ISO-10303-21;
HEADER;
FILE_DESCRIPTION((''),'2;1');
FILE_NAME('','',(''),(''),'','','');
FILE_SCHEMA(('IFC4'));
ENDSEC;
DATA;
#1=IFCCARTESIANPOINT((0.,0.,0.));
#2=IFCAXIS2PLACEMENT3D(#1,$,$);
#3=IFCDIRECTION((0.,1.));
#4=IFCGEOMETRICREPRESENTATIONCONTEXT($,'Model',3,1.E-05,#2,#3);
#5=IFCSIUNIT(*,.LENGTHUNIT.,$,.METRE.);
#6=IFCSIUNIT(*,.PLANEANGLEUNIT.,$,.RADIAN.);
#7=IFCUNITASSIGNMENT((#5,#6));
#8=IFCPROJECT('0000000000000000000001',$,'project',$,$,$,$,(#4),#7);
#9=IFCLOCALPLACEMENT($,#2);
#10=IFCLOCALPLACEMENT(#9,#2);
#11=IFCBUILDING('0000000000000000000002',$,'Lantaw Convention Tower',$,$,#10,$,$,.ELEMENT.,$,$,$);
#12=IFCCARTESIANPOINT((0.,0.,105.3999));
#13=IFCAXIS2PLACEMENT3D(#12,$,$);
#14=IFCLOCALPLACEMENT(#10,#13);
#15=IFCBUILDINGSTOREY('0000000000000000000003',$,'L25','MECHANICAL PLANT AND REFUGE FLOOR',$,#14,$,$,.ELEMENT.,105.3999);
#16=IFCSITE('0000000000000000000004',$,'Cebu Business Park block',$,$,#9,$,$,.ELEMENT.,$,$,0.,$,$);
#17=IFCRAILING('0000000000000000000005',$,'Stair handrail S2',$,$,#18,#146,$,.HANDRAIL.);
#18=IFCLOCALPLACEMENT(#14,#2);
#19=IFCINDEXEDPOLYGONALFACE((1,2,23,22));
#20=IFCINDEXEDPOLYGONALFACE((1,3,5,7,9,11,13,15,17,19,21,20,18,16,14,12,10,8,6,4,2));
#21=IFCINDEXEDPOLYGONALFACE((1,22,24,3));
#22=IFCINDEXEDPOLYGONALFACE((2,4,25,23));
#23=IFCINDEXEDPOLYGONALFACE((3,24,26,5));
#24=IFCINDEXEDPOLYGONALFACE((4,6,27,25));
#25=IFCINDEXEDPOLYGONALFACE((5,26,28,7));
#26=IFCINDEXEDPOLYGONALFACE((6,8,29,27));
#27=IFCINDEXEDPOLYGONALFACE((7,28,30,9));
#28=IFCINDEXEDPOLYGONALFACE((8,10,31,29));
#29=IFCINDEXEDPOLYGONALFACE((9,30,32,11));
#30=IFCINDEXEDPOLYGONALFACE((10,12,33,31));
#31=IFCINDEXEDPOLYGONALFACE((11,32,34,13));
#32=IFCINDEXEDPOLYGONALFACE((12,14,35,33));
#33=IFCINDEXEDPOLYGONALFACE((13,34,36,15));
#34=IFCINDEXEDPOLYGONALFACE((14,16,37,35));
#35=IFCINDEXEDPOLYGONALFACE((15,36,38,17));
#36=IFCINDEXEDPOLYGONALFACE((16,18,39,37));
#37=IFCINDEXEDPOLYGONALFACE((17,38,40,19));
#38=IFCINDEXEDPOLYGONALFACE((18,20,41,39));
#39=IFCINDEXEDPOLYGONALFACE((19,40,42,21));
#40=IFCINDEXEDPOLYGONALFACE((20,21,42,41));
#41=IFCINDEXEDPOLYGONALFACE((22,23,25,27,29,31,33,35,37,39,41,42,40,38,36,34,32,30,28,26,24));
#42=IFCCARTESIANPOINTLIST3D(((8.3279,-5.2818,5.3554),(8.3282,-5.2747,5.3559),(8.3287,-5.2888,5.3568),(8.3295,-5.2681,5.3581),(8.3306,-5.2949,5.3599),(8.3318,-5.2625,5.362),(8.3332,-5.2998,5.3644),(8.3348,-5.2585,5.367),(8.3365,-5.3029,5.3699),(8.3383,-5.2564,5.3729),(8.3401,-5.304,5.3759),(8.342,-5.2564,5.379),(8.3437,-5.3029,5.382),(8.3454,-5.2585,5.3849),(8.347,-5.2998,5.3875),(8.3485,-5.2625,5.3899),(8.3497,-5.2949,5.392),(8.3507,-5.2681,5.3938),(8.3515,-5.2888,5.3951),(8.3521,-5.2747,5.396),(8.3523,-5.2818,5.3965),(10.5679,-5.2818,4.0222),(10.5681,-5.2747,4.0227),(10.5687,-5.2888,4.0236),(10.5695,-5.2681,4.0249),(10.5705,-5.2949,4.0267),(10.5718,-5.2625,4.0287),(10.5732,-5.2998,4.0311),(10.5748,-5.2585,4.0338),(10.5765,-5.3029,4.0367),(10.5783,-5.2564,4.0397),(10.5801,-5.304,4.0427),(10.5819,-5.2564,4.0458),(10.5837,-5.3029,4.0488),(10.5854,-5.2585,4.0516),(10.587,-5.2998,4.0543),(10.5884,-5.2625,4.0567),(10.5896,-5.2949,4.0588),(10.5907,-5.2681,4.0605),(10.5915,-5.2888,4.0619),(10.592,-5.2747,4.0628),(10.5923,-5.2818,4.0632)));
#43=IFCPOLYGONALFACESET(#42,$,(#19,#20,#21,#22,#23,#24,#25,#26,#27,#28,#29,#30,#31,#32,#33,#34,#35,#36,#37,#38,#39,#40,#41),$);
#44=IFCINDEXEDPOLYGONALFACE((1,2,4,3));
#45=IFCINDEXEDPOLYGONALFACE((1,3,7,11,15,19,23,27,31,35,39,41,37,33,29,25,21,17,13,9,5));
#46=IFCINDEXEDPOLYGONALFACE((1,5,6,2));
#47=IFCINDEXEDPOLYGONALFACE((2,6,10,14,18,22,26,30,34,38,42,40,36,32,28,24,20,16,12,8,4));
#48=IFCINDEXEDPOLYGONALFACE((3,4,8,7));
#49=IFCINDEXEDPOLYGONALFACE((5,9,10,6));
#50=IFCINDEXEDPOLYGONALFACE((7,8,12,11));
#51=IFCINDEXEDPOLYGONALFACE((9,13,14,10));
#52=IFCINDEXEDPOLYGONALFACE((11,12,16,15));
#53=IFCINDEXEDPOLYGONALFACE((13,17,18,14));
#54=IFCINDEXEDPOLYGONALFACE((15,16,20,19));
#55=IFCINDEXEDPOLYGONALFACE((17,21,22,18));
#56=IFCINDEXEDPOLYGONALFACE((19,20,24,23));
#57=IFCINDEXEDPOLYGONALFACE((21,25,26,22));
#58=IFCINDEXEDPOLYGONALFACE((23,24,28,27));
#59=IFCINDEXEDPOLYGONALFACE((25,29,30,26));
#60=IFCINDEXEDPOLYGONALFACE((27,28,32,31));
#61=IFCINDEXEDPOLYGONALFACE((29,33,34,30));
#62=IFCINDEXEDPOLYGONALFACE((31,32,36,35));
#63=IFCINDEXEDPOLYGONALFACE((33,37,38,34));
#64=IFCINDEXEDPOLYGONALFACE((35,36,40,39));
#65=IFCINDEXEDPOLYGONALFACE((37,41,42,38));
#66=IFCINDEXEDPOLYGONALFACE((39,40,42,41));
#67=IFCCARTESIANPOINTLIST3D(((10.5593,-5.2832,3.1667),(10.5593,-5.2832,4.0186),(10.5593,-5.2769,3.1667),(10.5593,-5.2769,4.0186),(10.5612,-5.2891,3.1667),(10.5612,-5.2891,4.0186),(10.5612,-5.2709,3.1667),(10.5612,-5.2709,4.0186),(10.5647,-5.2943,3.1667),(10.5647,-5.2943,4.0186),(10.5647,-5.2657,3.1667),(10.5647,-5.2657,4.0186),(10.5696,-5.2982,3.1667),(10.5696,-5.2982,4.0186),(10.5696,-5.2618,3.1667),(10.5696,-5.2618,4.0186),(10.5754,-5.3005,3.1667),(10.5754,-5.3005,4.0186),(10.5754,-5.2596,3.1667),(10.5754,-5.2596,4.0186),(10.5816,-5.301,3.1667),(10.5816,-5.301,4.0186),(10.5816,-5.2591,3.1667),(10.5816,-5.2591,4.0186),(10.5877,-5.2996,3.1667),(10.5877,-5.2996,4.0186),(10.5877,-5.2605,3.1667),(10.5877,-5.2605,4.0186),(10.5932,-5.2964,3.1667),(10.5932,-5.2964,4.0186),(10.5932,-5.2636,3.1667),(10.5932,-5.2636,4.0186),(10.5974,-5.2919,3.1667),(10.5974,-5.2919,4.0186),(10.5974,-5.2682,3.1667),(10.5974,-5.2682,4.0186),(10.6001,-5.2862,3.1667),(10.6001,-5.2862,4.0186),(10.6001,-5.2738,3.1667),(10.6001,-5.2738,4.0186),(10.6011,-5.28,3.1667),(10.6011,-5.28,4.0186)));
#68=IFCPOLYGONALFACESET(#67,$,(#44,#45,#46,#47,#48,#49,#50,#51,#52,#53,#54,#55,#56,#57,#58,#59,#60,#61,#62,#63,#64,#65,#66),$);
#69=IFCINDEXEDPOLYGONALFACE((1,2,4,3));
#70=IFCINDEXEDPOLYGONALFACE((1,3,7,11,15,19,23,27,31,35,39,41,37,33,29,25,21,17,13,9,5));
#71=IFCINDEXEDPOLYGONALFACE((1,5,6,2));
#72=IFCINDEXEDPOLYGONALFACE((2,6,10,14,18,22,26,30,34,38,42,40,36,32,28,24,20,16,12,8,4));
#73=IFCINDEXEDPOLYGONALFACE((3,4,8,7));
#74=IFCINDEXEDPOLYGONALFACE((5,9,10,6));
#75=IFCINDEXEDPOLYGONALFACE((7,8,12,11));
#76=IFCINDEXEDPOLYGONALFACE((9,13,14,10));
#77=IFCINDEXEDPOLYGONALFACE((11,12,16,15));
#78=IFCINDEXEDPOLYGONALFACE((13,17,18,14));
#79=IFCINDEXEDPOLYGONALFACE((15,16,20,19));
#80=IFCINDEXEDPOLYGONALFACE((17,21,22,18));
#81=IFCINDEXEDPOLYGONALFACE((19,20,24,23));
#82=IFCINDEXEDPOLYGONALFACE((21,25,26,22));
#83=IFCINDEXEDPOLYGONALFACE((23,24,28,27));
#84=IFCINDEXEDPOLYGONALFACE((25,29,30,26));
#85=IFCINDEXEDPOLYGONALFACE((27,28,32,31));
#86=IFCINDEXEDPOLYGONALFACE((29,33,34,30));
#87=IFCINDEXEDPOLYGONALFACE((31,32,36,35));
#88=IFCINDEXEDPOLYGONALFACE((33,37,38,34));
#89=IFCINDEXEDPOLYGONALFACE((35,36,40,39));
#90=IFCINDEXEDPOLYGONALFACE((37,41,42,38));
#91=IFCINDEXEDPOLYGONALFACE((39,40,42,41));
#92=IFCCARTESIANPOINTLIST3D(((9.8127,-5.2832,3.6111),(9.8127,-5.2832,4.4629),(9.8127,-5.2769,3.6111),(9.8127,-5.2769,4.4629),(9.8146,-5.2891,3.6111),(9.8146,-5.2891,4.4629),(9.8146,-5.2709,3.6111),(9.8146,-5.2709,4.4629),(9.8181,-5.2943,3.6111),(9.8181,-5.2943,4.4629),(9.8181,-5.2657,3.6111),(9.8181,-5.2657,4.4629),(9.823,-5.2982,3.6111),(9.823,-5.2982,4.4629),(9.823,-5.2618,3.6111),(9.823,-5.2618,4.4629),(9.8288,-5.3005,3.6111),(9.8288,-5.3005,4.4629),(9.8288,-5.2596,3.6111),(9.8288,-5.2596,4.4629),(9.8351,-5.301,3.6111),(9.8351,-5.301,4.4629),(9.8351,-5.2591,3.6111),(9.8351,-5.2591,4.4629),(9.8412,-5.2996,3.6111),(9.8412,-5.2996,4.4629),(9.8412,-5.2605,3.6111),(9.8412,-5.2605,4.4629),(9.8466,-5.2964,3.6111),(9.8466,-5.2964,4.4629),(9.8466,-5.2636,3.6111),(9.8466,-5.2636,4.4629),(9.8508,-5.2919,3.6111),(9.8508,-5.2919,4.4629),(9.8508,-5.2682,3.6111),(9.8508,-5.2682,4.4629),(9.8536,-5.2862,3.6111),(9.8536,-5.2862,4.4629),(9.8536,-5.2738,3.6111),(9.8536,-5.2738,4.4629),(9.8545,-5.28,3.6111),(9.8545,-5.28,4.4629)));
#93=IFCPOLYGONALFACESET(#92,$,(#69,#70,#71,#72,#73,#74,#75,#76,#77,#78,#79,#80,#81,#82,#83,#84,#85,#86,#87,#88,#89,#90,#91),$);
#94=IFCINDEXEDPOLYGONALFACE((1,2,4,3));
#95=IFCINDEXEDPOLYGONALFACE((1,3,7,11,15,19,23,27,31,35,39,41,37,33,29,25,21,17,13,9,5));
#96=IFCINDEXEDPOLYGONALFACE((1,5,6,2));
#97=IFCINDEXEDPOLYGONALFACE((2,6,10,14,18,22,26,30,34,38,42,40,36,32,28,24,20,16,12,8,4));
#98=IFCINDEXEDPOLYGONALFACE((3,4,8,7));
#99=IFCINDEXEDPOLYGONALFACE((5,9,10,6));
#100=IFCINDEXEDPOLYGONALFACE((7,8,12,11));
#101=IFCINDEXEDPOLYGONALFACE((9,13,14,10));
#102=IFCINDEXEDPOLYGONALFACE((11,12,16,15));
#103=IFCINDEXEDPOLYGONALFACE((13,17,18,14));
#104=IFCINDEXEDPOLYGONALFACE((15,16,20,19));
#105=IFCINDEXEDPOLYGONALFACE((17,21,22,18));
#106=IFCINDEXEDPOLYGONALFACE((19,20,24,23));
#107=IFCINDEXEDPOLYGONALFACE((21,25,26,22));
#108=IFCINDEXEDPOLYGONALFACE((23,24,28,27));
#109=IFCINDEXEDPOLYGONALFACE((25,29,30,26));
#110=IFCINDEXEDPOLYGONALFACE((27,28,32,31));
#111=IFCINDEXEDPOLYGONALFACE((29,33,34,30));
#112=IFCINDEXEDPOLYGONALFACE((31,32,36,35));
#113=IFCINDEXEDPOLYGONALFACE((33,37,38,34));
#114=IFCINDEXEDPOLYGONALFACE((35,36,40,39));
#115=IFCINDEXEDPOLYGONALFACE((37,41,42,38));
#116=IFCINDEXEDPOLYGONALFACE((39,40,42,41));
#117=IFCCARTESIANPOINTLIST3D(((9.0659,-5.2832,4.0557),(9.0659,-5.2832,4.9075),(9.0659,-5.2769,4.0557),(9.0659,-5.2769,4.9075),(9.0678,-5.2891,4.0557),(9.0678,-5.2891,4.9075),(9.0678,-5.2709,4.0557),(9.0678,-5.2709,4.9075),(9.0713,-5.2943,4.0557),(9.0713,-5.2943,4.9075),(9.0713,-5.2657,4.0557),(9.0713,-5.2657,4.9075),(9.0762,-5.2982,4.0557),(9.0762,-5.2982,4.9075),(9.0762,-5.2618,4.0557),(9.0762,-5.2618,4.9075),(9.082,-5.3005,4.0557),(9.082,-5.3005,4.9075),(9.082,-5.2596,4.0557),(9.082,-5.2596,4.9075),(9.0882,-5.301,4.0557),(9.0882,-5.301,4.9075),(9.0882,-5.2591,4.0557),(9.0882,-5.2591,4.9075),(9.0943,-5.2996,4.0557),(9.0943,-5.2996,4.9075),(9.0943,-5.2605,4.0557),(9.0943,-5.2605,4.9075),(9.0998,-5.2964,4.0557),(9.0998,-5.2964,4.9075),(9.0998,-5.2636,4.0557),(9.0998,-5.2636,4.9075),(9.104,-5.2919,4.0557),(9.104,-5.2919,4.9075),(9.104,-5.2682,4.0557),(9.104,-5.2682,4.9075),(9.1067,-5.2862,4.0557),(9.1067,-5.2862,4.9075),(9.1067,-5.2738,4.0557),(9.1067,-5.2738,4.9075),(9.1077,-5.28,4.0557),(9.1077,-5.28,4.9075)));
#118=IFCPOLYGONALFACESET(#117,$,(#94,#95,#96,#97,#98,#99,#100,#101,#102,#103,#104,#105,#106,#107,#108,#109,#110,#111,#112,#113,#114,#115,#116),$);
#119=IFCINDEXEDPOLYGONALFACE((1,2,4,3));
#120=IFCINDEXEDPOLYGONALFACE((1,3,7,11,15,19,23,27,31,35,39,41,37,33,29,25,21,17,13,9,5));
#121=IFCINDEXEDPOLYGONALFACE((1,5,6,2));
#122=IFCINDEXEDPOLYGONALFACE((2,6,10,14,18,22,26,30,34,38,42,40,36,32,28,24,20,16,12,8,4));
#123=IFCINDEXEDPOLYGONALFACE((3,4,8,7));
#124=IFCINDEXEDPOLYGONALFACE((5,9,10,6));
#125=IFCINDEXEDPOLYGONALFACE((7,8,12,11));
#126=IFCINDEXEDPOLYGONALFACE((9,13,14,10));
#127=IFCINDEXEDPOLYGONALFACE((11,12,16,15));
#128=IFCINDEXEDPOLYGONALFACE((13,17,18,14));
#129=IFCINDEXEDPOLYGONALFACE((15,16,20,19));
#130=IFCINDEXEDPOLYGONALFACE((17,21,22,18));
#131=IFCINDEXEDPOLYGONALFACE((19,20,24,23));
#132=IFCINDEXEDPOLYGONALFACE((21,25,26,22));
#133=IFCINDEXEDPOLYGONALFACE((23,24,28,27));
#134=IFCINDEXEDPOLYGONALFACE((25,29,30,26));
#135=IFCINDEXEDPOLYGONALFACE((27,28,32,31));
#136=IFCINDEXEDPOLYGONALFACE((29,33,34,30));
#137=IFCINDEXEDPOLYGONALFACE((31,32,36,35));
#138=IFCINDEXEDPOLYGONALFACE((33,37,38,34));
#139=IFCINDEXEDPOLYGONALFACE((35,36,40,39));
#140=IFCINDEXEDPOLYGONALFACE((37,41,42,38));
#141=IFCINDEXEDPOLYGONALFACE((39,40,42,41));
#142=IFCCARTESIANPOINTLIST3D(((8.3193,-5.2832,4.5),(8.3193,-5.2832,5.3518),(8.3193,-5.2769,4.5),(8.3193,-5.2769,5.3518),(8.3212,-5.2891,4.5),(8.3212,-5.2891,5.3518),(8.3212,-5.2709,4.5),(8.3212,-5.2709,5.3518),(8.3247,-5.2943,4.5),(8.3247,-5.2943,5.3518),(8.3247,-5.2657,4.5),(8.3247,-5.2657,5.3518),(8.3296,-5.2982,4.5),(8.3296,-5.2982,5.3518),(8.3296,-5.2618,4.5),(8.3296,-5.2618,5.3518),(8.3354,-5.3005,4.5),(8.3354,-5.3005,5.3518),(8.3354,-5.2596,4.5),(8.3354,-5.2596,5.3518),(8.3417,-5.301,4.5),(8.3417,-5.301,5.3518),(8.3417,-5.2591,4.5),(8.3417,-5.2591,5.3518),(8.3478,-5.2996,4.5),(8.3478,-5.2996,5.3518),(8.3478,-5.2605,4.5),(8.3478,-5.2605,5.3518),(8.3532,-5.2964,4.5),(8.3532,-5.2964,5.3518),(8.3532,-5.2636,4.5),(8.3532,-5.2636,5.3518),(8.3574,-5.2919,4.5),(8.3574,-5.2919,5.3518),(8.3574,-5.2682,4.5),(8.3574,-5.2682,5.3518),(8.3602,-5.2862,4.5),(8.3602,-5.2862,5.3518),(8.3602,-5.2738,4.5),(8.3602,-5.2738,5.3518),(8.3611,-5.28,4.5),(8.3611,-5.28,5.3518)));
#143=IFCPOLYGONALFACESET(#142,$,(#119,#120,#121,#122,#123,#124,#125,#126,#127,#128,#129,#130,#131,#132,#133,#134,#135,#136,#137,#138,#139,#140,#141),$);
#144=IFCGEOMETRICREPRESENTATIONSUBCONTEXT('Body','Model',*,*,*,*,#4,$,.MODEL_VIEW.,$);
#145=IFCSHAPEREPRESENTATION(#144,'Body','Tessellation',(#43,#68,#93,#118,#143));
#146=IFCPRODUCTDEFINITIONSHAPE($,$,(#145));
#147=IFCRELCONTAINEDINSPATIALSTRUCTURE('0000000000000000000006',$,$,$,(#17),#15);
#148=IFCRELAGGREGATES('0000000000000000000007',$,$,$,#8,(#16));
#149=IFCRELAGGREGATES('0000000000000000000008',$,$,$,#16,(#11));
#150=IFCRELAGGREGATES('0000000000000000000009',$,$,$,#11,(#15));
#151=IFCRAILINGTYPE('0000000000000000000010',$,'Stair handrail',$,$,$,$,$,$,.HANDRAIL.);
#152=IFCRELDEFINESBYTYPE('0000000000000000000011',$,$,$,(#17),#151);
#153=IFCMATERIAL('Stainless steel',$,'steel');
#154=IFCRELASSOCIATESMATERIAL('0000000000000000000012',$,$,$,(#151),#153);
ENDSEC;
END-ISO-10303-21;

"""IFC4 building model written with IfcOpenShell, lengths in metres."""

from ifc_helpers import new_model, si_unit, direction, frame, origin, origin_2d, place, context, subcontext, project, spatial, circle, extrude, material, type_object, element, save


model = new_model("IFC4")

# Units and contexts
model_context = context("Model", 3, precision=1e-05, world=origin(), true_north=direction((0.0, 1.0)))
body_context = subcontext(model_context, "Body", "Model", "MODEL_VIEW")
ifc_project = project(units=[si_unit("LENGTHUNIT", "METRE"), si_unit("PLANEANGLEUNIT", "RADIAN")], contexts=[model_context])

# Site, building, storey
site_placement = place(None, origin())
site = spatial("IfcSite", under=ifc_project, at=site_placement, Name="Cebu Business Park block", CompositionType="ELEMENT", RefElevation=0.0)
building_placement = place(site_placement, origin())
building = spatial("IfcBuilding", under=site, at=building_placement, Name="Lantaw Convention Tower", CompositionType="ELEMENT")
storey_placement = place(building_placement, frame((0.0, 0.0, 105.3999)))
storey = spatial("IfcBuildingStorey", under=building, at=storey_placement, Name="L25", Description="MECHANICAL PLANT AND REFUGE FLOOR", CompositionType="ELEMENT", Elevation=105.3999)

# Railing
ifc_material_1 = material(Name="Stainless steel", Category="steel")
railing_type = type_object("IfcRailingType", Name="Stair handrail", PredefinedType="HANDRAIL", material=ifc_material_1)
railing_1_placement = place(storey_placement, frame((10.5801, -5.28, 3.1667)))
element("IfcRailing", 1, at=railing_1_placement, inside=storey, type_object=railing_type, Name="Stair handrail S2", PredefinedType="HANDRAIL", context=body_context, shape_type="SweptSolid", body=[
    extrude(circle(Radius=0.0239, at=origin_2d()), frame((0.0, 0.0, 0.876), z_axis=(-0.859306, 0.0, 0.511462), x_axis=(0.0, -1.0, 0.0)), (0.0, 0.0, 1.0), 2.6067),
    extrude(circle(Radius=0.021, at=origin_2d()), origin(), (0.0, 0.0, 1.0), 0.8518),
    extrude(circle(Radius=0.021, at=origin_2d()), frame((-0.7466, 0.0, 0.4443)), (0.0, 0.0, 1.0), 0.8518),
    extrude(circle(Radius=0.021, at=origin_2d()), frame((-1.4934, 0.0, 0.8889)), (0.0, 0.0, 1.0), 0.8518),
    extrude(circle(Radius=0.021, at=origin_2d()), frame((-2.24, 0.0, 1.3333)), (0.0, 0.0, 1.0), 0.8518),
])

save(model, "model.ifc")
